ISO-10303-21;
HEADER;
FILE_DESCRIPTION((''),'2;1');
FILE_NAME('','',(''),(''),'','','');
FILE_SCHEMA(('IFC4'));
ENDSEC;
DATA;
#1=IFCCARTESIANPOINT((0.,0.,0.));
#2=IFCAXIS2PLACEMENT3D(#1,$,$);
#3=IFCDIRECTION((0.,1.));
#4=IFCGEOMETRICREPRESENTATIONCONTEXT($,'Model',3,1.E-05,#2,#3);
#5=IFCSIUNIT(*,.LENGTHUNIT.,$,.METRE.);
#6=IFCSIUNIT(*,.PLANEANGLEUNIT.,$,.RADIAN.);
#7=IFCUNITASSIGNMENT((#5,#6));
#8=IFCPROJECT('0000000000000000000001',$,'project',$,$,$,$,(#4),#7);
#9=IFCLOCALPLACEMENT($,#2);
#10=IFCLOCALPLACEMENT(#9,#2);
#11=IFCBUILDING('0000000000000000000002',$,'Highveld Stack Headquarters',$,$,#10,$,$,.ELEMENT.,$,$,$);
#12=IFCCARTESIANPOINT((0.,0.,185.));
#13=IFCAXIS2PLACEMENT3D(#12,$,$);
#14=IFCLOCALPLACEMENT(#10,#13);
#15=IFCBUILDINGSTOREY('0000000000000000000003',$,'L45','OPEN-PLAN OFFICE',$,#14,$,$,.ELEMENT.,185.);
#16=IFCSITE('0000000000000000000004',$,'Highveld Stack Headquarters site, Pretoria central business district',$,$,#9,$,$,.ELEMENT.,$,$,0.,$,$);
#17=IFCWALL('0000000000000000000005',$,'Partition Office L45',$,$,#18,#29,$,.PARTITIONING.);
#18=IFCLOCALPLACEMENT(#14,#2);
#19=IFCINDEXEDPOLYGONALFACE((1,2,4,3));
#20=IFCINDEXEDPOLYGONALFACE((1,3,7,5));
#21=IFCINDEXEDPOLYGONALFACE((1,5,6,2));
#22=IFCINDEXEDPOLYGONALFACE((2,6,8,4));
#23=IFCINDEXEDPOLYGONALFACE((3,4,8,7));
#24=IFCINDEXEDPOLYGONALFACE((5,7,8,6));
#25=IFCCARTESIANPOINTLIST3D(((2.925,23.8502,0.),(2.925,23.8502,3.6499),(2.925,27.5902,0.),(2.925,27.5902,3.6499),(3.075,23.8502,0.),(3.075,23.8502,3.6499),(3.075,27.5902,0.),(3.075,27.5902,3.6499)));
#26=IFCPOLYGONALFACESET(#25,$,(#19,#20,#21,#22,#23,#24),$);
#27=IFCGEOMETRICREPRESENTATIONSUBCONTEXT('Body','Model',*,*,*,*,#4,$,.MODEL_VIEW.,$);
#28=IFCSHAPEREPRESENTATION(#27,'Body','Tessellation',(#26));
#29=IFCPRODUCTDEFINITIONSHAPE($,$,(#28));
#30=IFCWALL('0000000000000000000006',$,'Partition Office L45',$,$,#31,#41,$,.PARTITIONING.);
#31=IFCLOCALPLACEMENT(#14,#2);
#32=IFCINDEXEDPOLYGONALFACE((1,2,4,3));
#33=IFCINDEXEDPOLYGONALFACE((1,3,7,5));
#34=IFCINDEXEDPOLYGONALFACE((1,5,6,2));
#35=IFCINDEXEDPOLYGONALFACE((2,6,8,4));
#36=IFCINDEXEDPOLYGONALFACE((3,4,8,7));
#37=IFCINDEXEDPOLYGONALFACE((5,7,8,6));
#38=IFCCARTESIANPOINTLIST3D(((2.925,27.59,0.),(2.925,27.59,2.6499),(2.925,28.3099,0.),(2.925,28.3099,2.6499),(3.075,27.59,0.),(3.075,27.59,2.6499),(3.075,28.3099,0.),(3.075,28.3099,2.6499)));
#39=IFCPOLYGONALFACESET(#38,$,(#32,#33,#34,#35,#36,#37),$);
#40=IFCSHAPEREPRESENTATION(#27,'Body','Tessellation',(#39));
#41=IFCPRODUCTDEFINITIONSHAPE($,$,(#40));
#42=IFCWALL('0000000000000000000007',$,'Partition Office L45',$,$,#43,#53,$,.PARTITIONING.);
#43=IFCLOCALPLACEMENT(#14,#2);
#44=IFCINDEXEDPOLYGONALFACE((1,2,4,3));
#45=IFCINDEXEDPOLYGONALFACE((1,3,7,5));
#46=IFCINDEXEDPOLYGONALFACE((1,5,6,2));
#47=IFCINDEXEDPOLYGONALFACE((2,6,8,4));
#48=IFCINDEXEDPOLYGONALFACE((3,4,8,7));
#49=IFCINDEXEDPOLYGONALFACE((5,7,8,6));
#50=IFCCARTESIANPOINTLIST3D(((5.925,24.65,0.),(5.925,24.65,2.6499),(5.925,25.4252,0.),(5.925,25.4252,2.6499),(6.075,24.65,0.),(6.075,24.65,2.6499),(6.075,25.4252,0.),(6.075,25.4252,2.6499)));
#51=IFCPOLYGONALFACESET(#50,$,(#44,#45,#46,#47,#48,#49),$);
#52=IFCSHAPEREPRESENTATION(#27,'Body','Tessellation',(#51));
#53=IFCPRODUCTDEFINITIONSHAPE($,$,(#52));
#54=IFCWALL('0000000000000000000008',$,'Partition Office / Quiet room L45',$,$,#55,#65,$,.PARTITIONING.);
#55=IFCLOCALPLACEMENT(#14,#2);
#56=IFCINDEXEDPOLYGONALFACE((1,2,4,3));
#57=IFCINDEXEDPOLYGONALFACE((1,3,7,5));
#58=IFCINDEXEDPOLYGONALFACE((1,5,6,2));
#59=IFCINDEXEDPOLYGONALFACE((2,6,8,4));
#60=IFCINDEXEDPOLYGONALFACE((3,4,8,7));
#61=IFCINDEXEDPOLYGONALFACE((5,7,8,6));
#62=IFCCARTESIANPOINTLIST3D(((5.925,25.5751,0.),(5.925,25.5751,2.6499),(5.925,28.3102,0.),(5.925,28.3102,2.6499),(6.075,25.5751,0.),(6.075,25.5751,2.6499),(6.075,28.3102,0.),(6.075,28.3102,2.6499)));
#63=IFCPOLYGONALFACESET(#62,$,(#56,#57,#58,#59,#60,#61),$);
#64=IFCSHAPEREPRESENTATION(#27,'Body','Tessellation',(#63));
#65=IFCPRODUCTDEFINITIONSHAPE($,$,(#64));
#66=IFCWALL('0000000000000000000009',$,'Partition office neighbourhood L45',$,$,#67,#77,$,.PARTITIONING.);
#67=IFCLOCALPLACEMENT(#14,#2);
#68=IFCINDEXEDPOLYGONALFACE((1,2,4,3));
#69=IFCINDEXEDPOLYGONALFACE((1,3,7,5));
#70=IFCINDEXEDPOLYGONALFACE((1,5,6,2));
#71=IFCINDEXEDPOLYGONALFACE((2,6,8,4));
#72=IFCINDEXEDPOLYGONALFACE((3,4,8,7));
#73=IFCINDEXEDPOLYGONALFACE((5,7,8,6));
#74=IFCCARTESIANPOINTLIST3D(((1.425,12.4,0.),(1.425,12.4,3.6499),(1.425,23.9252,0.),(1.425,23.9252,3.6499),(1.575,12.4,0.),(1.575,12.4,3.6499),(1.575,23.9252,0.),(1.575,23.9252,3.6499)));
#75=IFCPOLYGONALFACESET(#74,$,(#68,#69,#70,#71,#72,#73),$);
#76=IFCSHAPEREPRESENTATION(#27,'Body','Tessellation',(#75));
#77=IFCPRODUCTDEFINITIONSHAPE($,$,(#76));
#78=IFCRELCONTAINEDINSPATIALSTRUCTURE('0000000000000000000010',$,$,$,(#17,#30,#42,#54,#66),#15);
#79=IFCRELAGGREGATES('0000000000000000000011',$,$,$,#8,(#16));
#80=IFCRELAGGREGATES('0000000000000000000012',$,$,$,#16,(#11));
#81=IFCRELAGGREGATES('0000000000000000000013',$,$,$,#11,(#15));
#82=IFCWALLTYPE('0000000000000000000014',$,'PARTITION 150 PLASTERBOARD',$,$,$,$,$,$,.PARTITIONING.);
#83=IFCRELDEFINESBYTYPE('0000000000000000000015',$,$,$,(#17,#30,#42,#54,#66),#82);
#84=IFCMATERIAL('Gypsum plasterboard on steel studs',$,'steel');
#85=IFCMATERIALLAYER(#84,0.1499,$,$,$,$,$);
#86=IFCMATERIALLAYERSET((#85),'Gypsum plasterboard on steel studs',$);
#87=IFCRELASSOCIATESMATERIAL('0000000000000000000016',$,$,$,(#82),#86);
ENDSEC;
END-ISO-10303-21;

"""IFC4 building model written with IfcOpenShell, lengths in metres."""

from ifc_helpers import new_model, si_unit, direction, frame, frame_2d, origin, place, context, subcontext, project, spatial, rectangle, extrude, material, layer, layer_set, type_object, element, save


model = new_model("IFC4")

# Units and contexts
model_context = context("Model", 3, precision=1e-05, world=origin(), true_north=direction((0.0, 1.0)))
body_context = subcontext(model_context, "Body", "Model", "MODEL_VIEW")
ifc_project = project(units=[si_unit("LENGTHUNIT", "METRE"), si_unit("PLANEANGLEUNIT", "RADIAN")], contexts=[model_context])

# Site, building, storey
site_placement = place(None, origin())
site = spatial("IfcSite", under=ifc_project, at=site_placement, Name="Highveld Stack Headquarters site, Pretoria central business district", CompositionType="ELEMENT", RefElevation=0.0)
building_placement = place(site_placement, origin())
building = spatial("IfcBuilding", under=site, at=building_placement, Name="Highveld Stack Headquarters", CompositionType="ELEMENT")
storey_placement = place(building_placement, frame((0.0, 0.0, 185.0)))
storey = spatial("IfcBuildingStorey", under=building, at=storey_placement, Name="L45", Description="OPEN-PLAN OFFICE", CompositionType="ELEMENT", Elevation=185.0)

# Shared definitions
ifc_material_1 = material(Name="Gypsum plasterboard on steel studs", Category="steel")
ifc_layer_1 = layer(ifc_material_1, 0.1499)
ifc_layer_set_1 = layer_set([ifc_layer_1], Name="Gypsum plasterboard on steel studs")
wall_type_1 = type_object("IfcWallType", Name="PARTITION 150 PLASTERBOARD", PredefinedType="PARTITIONING", material=ifc_layer_set_1)

# Walls
wall_1_placement = place(storey_placement, frame((3.0, 23.8501, 0.0), z_axis=(0.0, 0.0, 1.0), x_axis=(0.0, 1.0, 0.0)))
element("IfcWall", 1, at=wall_1_placement, inside=storey, type_object=wall_type_1, Name="Partition Office L45", PredefinedType="PARTITIONING", context=body_context, shape_type="SweptSolid", body=[
    extrude(rectangle(XDim=3.74, YDim=0.1499, at=frame_2d((1.8701, 0.0))), origin(), (0.0, 0.0, 1.0), 3.6499),
])
wall_2_placement = place(storey_placement, frame((3.0, 27.5901, 0.0), z_axis=(0.0, 0.0, 1.0), x_axis=(0.0, 1.0, 0.0)))
element("IfcWall", 2, at=wall_2_placement, inside=storey, type_object=wall_type_1, Name="Partition Office L45", PredefinedType="PARTITIONING", context=body_context, shape_type="SweptSolid", body=[
    extrude(rectangle(XDim=0.72, YDim=0.1499, at=frame_2d((0.3599, 0.0))), origin(), (0.0, 0.0, 1.0), 2.6499),
])
wall_3_placement = place(storey_placement, frame((6.0, 24.6499, 0.0), z_axis=(0.0, 0.0, 1.0), x_axis=(0.0, 1.0, 0.0)))
element("IfcWall", 3, at=wall_3_placement, inside=storey, type_object=wall_type_1, Name="Partition Office L45", PredefinedType="PARTITIONING", context=body_context, shape_type="SweptSolid", body=[
    extrude(rectangle(XDim=0.7751, YDim=0.1499, at=frame_2d((0.3877, 0.0))), origin(), (0.0, 0.0, 1.0), 2.6499),
])
wall_4_placement = place(storey_placement, frame((6.0, 25.575, 0.0), z_axis=(0.0, 0.0, 1.0), x_axis=(0.0, 1.0, 0.0)))
element("IfcWall", 4, at=wall_4_placement, inside=storey, type_object=wall_type_1, Name="Partition Office / Quiet room L45", PredefinedType="PARTITIONING", context=body_context, shape_type="SweptSolid", body=[
    extrude(rectangle(XDim=2.7351, YDim=0.1499, at=frame_2d((1.3677, 0.0))), origin(), (0.0, 0.0, 1.0), 2.6499),
])
wall_5_placement = place(storey_placement, frame((1.5, 12.3999, 0.0), z_axis=(0.0, 0.0, 1.0), x_axis=(0.0, 1.0, 0.0)))
element("IfcWall", 5, at=wall_5_placement, inside=storey, type_object=wall_type_1, Name="Partition office neighbourhood L45", PredefinedType="PARTITIONING", context=body_context, shape_type="SweptSolid", body=[
    extrude(rectangle(XDim=11.5251, YDim=0.1499, at=frame_2d((5.7627, 0.0))), origin(), (0.0, 0.0, 1.0), 3.6499),
])

save(model, "model.ifc")
